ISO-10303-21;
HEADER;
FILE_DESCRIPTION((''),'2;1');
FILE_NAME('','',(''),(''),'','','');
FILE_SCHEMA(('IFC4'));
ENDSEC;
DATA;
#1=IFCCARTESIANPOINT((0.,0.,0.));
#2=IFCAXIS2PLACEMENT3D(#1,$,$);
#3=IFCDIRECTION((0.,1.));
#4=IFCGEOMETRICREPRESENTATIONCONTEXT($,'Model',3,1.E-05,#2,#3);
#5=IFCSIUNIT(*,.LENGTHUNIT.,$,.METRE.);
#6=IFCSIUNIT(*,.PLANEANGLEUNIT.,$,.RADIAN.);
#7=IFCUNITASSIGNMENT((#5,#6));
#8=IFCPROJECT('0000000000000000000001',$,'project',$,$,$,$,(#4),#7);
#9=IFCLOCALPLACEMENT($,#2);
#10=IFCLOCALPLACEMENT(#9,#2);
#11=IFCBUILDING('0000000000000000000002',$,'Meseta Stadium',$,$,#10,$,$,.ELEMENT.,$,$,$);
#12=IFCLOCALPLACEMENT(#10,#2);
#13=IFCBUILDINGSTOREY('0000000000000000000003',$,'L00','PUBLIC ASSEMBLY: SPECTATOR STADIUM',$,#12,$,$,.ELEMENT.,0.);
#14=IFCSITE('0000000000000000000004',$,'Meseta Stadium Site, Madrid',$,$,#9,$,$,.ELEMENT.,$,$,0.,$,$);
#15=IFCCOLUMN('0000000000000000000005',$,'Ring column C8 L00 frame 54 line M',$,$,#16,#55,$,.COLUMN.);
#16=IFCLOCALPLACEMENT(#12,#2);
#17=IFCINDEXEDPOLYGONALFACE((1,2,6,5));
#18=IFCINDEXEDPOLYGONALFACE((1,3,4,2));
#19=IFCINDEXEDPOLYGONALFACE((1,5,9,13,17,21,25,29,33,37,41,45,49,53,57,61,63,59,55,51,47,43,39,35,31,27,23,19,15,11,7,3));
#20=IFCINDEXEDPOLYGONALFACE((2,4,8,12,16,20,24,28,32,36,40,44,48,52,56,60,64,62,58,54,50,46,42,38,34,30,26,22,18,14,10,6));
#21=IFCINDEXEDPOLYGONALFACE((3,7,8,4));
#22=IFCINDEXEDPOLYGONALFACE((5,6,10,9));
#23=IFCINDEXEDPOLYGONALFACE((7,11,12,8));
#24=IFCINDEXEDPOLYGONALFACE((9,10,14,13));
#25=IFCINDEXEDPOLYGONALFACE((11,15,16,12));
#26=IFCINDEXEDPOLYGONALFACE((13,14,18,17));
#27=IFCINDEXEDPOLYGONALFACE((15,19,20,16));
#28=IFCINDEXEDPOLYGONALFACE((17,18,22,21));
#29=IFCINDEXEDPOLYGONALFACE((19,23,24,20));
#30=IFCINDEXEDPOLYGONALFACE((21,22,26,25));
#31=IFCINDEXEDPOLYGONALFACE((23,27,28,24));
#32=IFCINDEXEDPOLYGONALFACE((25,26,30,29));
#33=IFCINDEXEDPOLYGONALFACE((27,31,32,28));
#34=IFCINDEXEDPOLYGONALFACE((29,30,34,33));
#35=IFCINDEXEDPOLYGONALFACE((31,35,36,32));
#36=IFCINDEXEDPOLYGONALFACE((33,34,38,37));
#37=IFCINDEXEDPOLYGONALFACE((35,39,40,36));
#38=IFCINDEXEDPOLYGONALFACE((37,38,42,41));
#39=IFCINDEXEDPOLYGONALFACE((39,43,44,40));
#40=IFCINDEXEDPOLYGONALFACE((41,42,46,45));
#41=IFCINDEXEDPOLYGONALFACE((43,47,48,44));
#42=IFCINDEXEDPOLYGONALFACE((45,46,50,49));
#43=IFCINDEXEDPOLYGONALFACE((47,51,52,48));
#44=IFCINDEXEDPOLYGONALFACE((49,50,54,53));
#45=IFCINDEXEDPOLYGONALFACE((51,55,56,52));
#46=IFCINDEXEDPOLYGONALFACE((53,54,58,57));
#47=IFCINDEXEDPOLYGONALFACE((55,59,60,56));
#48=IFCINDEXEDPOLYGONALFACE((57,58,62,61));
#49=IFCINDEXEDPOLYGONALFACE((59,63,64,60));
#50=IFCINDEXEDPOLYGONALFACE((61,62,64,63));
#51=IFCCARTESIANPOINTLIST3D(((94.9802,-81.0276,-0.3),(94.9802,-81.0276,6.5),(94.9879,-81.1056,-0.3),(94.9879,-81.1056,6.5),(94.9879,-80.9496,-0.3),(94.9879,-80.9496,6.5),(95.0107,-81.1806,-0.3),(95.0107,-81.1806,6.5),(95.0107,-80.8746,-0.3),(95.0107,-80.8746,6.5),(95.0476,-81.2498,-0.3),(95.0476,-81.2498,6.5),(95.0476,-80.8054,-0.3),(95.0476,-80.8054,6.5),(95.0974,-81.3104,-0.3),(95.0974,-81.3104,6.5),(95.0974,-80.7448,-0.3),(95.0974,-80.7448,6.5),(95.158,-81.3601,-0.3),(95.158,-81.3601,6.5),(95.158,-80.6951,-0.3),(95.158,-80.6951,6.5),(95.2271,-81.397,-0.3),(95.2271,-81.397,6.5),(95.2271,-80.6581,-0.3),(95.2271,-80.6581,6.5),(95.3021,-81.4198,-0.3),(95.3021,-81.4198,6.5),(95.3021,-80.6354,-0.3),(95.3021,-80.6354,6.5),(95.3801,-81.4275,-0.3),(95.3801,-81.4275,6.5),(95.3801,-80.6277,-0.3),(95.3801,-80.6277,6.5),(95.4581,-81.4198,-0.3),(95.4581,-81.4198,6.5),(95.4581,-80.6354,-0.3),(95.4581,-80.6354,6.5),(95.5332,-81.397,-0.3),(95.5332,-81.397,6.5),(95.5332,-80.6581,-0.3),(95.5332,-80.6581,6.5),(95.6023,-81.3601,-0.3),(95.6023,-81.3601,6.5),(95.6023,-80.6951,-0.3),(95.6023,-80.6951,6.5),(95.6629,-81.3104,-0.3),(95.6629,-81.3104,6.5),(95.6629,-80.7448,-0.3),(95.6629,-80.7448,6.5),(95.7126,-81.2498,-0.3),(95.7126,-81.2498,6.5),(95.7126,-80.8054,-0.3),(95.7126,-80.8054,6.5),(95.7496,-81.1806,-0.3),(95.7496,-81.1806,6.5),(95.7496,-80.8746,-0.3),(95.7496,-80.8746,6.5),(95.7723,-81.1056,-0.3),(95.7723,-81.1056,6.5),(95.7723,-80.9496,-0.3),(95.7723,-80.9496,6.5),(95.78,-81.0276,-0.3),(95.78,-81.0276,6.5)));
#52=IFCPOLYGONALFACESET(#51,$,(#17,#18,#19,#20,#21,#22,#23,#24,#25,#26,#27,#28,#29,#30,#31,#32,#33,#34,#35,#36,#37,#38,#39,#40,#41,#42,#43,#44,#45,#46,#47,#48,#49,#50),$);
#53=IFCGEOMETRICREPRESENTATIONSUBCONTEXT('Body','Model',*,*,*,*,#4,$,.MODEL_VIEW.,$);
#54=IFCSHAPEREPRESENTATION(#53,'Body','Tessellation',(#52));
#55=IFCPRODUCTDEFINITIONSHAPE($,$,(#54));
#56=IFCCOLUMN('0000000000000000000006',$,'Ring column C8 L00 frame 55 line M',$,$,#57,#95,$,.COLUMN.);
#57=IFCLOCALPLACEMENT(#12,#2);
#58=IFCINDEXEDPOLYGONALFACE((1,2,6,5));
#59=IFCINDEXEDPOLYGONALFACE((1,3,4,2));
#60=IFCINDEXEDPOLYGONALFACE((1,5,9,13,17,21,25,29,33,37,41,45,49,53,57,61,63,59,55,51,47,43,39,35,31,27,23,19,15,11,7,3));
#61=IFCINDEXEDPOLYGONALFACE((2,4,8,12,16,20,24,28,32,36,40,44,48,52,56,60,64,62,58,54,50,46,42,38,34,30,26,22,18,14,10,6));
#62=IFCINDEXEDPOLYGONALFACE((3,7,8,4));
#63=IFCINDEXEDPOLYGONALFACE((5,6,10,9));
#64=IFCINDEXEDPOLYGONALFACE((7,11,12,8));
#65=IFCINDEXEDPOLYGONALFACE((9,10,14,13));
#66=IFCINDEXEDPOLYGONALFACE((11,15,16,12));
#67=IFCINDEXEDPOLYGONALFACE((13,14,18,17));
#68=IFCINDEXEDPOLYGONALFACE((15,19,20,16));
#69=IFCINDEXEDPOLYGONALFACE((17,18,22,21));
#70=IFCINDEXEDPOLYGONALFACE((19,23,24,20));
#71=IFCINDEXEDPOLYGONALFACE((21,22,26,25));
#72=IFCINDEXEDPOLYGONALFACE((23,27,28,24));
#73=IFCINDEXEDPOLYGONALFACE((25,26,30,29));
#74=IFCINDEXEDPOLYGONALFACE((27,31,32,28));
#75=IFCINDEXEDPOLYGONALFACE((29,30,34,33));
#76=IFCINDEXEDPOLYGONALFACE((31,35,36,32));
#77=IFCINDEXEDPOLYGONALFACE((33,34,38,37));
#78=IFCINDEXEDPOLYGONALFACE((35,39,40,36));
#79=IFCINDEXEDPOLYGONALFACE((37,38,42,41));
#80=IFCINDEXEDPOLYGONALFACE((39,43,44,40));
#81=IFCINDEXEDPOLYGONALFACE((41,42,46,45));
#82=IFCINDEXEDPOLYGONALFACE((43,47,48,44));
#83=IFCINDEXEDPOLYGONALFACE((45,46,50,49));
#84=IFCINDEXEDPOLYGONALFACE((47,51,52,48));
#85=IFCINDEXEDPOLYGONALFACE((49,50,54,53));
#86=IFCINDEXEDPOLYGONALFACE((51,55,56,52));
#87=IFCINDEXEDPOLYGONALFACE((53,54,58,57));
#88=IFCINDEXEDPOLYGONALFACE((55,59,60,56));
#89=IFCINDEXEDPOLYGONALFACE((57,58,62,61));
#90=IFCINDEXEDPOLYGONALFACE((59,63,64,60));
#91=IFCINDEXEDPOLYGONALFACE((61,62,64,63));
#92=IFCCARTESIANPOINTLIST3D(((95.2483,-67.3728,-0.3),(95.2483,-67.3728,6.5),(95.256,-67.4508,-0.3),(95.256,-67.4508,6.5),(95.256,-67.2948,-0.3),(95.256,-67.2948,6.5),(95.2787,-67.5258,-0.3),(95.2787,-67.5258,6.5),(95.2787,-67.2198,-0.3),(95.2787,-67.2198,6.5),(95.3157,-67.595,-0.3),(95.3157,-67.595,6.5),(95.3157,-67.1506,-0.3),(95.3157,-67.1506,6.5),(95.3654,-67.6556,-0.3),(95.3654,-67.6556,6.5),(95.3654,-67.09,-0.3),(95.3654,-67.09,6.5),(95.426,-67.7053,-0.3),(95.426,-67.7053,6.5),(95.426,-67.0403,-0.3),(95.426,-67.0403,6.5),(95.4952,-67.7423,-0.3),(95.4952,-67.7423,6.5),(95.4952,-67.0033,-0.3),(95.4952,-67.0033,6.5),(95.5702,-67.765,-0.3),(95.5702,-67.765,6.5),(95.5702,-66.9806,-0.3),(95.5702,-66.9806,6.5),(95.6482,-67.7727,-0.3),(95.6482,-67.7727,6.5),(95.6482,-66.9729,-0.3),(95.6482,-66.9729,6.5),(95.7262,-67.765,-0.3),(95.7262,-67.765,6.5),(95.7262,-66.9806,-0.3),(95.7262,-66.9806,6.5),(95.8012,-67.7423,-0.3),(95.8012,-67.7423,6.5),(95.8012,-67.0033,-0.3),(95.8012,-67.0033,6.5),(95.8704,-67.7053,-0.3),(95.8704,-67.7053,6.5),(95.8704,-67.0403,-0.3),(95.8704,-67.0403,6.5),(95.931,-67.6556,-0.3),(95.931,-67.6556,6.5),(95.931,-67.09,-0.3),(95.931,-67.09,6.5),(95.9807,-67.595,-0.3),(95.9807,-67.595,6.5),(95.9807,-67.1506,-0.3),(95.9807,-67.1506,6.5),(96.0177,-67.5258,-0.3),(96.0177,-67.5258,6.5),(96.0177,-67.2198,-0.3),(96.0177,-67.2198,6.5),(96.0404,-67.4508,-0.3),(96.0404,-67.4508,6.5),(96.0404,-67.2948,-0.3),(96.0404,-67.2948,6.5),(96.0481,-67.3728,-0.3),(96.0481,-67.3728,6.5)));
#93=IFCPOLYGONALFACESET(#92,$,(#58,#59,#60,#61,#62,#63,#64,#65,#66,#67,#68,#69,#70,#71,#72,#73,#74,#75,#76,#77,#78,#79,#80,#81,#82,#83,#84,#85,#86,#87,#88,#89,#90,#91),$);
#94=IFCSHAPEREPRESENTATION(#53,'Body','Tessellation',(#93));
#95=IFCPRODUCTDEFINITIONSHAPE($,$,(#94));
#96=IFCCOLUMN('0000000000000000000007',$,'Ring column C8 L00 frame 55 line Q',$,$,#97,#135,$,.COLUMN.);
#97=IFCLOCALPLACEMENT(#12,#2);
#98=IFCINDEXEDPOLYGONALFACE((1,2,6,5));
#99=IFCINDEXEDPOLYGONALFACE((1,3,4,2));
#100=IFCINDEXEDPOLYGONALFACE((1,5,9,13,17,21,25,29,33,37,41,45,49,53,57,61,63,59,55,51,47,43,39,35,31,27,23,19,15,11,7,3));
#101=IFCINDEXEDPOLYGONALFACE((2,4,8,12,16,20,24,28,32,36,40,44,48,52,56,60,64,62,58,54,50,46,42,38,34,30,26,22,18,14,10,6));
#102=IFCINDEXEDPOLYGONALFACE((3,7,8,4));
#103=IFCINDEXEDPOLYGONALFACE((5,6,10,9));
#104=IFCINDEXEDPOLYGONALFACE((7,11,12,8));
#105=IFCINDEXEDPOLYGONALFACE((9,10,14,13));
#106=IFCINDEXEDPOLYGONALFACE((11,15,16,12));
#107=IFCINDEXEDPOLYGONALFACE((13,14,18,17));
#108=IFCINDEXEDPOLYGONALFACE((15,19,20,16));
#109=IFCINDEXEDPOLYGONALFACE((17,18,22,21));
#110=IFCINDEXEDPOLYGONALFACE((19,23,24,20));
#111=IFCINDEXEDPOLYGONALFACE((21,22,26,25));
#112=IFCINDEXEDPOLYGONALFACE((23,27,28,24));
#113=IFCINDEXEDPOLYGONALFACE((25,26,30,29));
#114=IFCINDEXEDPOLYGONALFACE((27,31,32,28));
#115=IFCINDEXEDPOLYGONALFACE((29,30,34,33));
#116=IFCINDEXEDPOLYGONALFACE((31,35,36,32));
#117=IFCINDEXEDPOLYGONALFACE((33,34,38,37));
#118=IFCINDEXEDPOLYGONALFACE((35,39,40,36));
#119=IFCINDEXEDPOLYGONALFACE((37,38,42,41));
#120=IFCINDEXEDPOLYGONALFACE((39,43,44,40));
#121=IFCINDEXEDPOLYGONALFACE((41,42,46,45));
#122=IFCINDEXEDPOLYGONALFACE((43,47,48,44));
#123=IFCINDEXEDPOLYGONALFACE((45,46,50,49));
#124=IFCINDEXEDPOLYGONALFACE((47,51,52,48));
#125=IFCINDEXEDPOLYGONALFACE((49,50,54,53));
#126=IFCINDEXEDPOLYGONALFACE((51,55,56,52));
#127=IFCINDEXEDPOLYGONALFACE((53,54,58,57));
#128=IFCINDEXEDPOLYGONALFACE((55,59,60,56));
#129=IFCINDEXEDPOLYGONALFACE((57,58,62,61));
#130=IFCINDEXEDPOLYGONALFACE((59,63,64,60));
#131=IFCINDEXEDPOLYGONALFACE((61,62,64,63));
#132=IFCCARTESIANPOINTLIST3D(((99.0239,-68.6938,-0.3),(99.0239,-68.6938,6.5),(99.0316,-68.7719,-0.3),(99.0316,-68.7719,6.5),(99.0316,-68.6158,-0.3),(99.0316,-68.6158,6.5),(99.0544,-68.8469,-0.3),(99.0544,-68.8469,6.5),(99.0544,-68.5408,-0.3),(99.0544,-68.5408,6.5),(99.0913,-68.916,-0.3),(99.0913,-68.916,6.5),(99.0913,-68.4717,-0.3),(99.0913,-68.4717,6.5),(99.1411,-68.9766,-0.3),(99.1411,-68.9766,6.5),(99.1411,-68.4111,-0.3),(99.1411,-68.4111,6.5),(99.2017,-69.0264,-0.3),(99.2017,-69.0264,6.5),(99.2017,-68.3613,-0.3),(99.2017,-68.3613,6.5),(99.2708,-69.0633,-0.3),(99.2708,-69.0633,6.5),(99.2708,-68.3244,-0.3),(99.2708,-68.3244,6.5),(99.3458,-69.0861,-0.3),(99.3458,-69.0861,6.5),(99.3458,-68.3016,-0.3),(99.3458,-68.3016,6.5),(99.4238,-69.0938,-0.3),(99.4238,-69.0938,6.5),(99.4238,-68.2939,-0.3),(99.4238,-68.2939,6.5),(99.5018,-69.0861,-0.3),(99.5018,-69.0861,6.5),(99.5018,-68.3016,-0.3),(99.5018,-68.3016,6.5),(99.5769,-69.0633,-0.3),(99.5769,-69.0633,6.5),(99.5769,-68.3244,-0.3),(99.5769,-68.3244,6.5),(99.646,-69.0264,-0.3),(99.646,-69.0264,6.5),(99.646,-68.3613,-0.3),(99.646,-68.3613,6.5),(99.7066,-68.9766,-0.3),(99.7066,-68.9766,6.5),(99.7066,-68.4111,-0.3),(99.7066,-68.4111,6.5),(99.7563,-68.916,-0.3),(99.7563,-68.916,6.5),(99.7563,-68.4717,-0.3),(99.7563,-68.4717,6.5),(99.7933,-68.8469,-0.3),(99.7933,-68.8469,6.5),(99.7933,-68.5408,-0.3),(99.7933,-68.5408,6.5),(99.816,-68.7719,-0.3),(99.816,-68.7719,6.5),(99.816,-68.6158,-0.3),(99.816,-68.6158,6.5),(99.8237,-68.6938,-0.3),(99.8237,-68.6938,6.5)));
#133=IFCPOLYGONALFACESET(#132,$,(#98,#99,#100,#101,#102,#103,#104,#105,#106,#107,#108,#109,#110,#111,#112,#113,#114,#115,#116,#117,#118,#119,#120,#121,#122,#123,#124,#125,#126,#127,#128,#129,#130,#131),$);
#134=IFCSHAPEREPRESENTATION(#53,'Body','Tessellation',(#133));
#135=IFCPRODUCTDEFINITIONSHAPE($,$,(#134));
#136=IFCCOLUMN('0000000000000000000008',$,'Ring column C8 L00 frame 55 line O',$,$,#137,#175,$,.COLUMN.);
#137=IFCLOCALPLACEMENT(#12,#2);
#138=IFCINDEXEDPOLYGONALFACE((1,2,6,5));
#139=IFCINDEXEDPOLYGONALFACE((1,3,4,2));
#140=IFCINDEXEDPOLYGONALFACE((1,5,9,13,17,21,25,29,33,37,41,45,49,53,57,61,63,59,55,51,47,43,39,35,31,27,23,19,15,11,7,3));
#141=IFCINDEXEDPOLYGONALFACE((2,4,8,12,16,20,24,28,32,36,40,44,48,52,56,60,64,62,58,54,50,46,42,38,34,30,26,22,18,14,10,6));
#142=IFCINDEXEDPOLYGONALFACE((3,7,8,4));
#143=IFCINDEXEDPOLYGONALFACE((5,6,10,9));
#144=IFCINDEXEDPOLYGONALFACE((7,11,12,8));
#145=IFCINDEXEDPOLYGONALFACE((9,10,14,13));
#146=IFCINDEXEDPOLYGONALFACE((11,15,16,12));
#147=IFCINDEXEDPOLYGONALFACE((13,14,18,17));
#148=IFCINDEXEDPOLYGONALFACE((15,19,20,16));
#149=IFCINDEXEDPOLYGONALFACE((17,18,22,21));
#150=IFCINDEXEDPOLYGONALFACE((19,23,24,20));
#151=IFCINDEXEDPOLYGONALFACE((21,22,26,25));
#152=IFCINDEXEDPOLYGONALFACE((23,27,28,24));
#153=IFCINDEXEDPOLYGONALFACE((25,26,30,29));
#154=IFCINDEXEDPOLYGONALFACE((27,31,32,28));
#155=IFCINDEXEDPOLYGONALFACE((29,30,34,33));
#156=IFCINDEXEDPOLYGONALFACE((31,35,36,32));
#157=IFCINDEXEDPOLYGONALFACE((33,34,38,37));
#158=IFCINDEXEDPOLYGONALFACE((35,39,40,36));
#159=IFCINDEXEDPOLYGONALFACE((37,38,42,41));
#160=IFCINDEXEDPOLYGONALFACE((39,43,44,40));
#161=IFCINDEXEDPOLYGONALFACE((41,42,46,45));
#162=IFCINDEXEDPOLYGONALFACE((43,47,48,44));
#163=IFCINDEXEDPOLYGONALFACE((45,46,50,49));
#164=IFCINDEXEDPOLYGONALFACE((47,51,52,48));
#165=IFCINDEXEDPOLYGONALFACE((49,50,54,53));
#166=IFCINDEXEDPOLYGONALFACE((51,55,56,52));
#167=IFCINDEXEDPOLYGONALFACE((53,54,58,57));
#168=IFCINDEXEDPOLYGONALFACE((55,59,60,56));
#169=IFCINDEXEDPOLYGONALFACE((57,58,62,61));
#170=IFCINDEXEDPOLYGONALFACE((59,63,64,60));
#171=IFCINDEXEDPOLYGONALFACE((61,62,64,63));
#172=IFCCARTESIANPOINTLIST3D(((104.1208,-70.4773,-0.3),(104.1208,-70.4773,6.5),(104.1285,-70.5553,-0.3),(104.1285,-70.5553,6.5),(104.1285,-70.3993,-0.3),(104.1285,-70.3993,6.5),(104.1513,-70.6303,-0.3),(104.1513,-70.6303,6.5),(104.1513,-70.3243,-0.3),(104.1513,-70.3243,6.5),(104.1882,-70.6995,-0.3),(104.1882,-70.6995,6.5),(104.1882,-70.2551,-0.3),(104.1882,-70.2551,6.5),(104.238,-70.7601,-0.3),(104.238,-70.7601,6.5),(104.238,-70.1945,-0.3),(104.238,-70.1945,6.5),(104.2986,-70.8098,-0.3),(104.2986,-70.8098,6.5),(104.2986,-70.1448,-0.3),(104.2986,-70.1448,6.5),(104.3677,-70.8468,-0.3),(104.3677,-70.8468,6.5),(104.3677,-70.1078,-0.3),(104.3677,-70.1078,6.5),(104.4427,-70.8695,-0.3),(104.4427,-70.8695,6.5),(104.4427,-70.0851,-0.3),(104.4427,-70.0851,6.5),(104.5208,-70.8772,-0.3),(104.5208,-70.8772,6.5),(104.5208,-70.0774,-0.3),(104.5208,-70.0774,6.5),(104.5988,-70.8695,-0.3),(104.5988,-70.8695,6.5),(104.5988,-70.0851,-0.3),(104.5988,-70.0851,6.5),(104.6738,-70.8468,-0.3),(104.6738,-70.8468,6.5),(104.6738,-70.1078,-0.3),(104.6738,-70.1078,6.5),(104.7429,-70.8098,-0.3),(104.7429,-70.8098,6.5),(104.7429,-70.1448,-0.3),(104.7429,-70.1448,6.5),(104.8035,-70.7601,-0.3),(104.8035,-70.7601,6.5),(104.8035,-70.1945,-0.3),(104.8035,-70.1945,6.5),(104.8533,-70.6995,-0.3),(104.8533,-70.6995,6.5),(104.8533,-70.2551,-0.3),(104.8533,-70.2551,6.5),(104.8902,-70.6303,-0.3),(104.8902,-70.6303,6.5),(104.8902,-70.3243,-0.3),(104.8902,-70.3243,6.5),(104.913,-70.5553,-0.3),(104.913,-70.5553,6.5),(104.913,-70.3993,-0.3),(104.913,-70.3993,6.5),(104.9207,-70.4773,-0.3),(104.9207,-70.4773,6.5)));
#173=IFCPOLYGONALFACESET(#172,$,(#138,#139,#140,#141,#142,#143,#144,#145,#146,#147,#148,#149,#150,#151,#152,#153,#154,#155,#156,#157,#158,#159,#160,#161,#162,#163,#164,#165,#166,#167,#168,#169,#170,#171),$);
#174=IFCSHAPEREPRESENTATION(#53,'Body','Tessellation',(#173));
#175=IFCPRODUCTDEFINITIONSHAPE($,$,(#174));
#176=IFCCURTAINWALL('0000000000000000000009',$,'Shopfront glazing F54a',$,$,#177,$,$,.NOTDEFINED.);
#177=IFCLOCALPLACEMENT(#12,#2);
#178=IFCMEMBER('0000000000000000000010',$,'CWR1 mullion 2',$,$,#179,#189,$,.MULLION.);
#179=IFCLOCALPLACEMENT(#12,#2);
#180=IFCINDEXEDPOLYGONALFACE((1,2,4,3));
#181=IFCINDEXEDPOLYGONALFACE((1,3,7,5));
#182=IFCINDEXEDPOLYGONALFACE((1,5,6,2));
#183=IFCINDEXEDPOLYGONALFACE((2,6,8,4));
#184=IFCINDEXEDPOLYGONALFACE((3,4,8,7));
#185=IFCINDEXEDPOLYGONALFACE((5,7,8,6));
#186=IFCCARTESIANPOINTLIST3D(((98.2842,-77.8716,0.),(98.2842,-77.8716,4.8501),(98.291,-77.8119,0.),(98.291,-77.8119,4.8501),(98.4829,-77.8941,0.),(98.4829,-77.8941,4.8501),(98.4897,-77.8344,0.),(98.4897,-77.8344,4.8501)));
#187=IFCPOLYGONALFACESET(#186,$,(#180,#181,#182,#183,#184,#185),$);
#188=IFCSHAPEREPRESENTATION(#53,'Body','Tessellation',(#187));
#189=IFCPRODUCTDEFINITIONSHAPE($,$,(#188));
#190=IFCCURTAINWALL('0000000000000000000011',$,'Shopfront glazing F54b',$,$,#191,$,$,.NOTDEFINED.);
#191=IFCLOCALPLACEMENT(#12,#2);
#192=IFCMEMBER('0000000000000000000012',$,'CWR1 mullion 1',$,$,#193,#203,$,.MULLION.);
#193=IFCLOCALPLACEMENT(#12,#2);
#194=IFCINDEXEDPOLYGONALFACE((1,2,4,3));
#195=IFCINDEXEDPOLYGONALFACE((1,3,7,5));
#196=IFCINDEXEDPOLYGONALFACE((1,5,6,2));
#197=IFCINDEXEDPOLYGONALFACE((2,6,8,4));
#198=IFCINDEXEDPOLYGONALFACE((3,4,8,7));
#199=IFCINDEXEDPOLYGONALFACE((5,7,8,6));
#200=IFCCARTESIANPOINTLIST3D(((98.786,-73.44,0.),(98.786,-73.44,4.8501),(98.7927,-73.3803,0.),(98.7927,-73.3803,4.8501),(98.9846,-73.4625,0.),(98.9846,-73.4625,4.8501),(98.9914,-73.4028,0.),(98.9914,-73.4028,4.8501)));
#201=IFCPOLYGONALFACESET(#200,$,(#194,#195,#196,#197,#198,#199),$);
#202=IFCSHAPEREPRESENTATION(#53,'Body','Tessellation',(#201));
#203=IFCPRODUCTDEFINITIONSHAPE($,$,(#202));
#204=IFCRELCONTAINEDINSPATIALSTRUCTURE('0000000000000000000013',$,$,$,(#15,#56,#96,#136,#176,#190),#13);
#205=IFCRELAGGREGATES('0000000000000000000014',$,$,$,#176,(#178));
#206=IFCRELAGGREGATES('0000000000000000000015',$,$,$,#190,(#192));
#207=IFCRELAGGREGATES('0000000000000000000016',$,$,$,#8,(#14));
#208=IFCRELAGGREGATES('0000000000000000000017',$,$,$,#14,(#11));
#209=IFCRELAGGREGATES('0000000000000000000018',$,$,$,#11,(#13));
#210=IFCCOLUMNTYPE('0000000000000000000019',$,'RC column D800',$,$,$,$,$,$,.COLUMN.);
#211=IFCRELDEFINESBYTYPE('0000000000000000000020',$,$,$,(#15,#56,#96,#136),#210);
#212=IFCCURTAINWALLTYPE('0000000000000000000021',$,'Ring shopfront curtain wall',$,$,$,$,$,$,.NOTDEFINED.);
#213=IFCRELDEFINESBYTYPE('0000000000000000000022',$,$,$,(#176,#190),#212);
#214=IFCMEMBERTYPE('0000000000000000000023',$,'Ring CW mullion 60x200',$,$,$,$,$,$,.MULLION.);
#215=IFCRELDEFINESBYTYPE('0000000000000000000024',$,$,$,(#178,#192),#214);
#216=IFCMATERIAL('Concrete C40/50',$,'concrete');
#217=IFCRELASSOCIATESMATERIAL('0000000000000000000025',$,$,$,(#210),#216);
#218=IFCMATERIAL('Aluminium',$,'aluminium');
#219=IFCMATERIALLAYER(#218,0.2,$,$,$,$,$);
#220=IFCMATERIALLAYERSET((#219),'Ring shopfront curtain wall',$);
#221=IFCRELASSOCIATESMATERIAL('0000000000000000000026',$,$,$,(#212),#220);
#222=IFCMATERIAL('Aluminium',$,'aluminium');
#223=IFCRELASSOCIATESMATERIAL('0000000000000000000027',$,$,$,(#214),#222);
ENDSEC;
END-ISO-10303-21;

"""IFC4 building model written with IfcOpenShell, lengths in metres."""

from ifc_helpers import new_model, si_unit, direction, frame, origin, origin_2d, place, context, subcontext, project, spatial, rectangle, circle, extrude, material, layer, layer_set, material_profile, profile_set, type_object, element, aggregate, save


model = new_model("IFC4")

# Units and contexts
model_context = context("Model", 3, precision=1e-05, world=origin(), true_north=direction((0.0, 1.0)))
body_context = subcontext(model_context, "Body", "Model", "MODEL_VIEW")
ifc_project = project(units=[si_unit("LENGTHUNIT", "METRE"), si_unit("PLANEANGLEUNIT", "RADIAN")], contexts=[model_context])

# Site, building, storey
site_placement = place(None, origin())
site = spatial("IfcSite", under=ifc_project, at=site_placement, Name="Meseta Stadium Site, Madrid", CompositionType="ELEMENT", RefElevation=0.0)
building_placement = place(site_placement, origin())
building = spatial("IfcBuilding", under=site, at=building_placement, Name="Meseta Stadium", CompositionType="ELEMENT")
storey_placement = place(building_placement, origin())
storey = spatial("IfcBuildingStorey", under=building, at=storey_placement, Name="L00", Description="PUBLIC ASSEMBLY: SPECTATOR STADIUM", CompositionType="ELEMENT", Elevation=0.0)

# Columns
ifc_material_1 = material(Name="Concrete C40/50", Category="concrete")
ifc_material_profile_1 = material_profile(ifc_material_1, circle(Radius=0.3999, at=origin_2d()), Name="RC D800")
ifc_profile_set_1 = profile_set([ifc_material_profile_1], Name="Concrete C40/50")
column_type = type_object("IfcColumnType", Name="RC column D800", PredefinedType="COLUMN", material=ifc_profile_set_1)
for number, where, z_axis, x_axis, name in (
    (1, (95.3801, -81.0276, -0.3), (0.0, 0.0, 1.0), (1.0, 0.0, 0.0), "Ring column C8 L00 frame 54 line M"),
    (2, (95.6482, -67.3728, -0.3), (0.0, 0.0, 1.0), (1.0, 0.0, 0.0), "Ring column C8 L00 frame 55 line M"),
    (3, (99.4238, -68.6938, -0.3), (0.0, 0.0, 1.0), (1.0, 0.0, 0.0), "Ring column C8 L00 frame 55 line Q"),
    (4, (104.5208, -70.4773, -0.3), (0.0, 0.0, 1.0), (1.0, 0.0, 0.0), "Ring column C8 L00 frame 55 line O"),
):
    element("IfcColumn", number, at=place(storey_placement, frame(where, z_axis=z_axis, x_axis=x_axis)), inside=storey, type_object=column_type, Name=name, PredefinedType="COLUMN", context=body_context, shape_type="SweptSolid", body=[
        extrude(circle(Radius=0.3999, at=origin_2d()), origin(), (0.0, 0.0, 1.0), 6.8),
    ])

# Curtain wall, member
ifc_material_2 = material(Name="Aluminium", Category="aluminium")
ifc_layer_1 = layer(ifc_material_2, 0.2)
ifc_layer_set_1 = layer_set([ifc_layer_1], Name="Ring shopfront curtain wall")
curtain_wall_type = type_object("IfcCurtainWallType", Name="Ring shopfront curtain wall", PredefinedType="NOTDEFINED", material=ifc_layer_set_1)
curtain_wall_1_placement = place(storey_placement, origin())
curtain_wall_1 = element("IfcCurtainWall", 5, at=curtain_wall_1_placement, inside=storey, type_object=curtain_wall_type, Name="Shopfront glazing F54a", PredefinedType="NOTDEFINED")
ifc_material_3 = material(Name="Aluminium", Category="aluminium")
ifc_material_profile_2 = material_profile(ifc_material_3, rectangle(XDim=0.2, YDim=0.0601, at=origin_2d()), Name="CW 200x60")
ifc_profile_set_2 = profile_set([ifc_material_profile_2], Name="Aluminium")
member_type_1 = type_object("IfcMemberType", Name="Ring CW mullion 60x200", PredefinedType="MULLION", material=ifc_profile_set_2)
member_1_placement = place(storey_placement, frame((98.387, -77.853, 0.0), z_axis=(0.0, 0.0, 1.0), x_axis=(-0.993655, 0.112472, 0.0)))
member_1 = element("IfcMember", 6, at=member_1_placement, type_object=member_type_1, Name="CWR1 mullion 2", PredefinedType="MULLION", context=body_context, shape_type="SweptSolid", body=[
    extrude(rectangle(XDim=0.2, YDim=0.0601, at=origin_2d()), origin(), (0.0, 0.0, 1.0), 4.8501),
])

# Curtain wall, member
curtain_wall_2_placement = place(storey_placement, origin())
curtain_wall_2 = element("IfcCurtainWall", 7, at=curtain_wall_2_placement, inside=storey, type_object=curtain_wall_type, Name="Shopfront glazing F54b", PredefinedType="NOTDEFINED")
member_2_placement = place(storey_placement, frame((98.8887, -73.4214, 0.0), z_axis=(0.0, 0.0, 1.0), x_axis=(-0.993655, 0.112472, 0.0)))
member_2 = element("IfcMember", 8, at=member_2_placement, type_object=member_type_1, Name="CWR1 mullion 1", PredefinedType="MULLION", context=body_context, shape_type="SweptSolid", body=[
    extrude(rectangle(XDim=0.2, YDim=0.0601, at=origin_2d()), origin(), (0.0, 0.0, 1.0), 4.8501),
])

aggregate(curtain_wall_1, [member_1])
aggregate(curtain_wall_2, [member_2])

save(model, "model.ifc")
